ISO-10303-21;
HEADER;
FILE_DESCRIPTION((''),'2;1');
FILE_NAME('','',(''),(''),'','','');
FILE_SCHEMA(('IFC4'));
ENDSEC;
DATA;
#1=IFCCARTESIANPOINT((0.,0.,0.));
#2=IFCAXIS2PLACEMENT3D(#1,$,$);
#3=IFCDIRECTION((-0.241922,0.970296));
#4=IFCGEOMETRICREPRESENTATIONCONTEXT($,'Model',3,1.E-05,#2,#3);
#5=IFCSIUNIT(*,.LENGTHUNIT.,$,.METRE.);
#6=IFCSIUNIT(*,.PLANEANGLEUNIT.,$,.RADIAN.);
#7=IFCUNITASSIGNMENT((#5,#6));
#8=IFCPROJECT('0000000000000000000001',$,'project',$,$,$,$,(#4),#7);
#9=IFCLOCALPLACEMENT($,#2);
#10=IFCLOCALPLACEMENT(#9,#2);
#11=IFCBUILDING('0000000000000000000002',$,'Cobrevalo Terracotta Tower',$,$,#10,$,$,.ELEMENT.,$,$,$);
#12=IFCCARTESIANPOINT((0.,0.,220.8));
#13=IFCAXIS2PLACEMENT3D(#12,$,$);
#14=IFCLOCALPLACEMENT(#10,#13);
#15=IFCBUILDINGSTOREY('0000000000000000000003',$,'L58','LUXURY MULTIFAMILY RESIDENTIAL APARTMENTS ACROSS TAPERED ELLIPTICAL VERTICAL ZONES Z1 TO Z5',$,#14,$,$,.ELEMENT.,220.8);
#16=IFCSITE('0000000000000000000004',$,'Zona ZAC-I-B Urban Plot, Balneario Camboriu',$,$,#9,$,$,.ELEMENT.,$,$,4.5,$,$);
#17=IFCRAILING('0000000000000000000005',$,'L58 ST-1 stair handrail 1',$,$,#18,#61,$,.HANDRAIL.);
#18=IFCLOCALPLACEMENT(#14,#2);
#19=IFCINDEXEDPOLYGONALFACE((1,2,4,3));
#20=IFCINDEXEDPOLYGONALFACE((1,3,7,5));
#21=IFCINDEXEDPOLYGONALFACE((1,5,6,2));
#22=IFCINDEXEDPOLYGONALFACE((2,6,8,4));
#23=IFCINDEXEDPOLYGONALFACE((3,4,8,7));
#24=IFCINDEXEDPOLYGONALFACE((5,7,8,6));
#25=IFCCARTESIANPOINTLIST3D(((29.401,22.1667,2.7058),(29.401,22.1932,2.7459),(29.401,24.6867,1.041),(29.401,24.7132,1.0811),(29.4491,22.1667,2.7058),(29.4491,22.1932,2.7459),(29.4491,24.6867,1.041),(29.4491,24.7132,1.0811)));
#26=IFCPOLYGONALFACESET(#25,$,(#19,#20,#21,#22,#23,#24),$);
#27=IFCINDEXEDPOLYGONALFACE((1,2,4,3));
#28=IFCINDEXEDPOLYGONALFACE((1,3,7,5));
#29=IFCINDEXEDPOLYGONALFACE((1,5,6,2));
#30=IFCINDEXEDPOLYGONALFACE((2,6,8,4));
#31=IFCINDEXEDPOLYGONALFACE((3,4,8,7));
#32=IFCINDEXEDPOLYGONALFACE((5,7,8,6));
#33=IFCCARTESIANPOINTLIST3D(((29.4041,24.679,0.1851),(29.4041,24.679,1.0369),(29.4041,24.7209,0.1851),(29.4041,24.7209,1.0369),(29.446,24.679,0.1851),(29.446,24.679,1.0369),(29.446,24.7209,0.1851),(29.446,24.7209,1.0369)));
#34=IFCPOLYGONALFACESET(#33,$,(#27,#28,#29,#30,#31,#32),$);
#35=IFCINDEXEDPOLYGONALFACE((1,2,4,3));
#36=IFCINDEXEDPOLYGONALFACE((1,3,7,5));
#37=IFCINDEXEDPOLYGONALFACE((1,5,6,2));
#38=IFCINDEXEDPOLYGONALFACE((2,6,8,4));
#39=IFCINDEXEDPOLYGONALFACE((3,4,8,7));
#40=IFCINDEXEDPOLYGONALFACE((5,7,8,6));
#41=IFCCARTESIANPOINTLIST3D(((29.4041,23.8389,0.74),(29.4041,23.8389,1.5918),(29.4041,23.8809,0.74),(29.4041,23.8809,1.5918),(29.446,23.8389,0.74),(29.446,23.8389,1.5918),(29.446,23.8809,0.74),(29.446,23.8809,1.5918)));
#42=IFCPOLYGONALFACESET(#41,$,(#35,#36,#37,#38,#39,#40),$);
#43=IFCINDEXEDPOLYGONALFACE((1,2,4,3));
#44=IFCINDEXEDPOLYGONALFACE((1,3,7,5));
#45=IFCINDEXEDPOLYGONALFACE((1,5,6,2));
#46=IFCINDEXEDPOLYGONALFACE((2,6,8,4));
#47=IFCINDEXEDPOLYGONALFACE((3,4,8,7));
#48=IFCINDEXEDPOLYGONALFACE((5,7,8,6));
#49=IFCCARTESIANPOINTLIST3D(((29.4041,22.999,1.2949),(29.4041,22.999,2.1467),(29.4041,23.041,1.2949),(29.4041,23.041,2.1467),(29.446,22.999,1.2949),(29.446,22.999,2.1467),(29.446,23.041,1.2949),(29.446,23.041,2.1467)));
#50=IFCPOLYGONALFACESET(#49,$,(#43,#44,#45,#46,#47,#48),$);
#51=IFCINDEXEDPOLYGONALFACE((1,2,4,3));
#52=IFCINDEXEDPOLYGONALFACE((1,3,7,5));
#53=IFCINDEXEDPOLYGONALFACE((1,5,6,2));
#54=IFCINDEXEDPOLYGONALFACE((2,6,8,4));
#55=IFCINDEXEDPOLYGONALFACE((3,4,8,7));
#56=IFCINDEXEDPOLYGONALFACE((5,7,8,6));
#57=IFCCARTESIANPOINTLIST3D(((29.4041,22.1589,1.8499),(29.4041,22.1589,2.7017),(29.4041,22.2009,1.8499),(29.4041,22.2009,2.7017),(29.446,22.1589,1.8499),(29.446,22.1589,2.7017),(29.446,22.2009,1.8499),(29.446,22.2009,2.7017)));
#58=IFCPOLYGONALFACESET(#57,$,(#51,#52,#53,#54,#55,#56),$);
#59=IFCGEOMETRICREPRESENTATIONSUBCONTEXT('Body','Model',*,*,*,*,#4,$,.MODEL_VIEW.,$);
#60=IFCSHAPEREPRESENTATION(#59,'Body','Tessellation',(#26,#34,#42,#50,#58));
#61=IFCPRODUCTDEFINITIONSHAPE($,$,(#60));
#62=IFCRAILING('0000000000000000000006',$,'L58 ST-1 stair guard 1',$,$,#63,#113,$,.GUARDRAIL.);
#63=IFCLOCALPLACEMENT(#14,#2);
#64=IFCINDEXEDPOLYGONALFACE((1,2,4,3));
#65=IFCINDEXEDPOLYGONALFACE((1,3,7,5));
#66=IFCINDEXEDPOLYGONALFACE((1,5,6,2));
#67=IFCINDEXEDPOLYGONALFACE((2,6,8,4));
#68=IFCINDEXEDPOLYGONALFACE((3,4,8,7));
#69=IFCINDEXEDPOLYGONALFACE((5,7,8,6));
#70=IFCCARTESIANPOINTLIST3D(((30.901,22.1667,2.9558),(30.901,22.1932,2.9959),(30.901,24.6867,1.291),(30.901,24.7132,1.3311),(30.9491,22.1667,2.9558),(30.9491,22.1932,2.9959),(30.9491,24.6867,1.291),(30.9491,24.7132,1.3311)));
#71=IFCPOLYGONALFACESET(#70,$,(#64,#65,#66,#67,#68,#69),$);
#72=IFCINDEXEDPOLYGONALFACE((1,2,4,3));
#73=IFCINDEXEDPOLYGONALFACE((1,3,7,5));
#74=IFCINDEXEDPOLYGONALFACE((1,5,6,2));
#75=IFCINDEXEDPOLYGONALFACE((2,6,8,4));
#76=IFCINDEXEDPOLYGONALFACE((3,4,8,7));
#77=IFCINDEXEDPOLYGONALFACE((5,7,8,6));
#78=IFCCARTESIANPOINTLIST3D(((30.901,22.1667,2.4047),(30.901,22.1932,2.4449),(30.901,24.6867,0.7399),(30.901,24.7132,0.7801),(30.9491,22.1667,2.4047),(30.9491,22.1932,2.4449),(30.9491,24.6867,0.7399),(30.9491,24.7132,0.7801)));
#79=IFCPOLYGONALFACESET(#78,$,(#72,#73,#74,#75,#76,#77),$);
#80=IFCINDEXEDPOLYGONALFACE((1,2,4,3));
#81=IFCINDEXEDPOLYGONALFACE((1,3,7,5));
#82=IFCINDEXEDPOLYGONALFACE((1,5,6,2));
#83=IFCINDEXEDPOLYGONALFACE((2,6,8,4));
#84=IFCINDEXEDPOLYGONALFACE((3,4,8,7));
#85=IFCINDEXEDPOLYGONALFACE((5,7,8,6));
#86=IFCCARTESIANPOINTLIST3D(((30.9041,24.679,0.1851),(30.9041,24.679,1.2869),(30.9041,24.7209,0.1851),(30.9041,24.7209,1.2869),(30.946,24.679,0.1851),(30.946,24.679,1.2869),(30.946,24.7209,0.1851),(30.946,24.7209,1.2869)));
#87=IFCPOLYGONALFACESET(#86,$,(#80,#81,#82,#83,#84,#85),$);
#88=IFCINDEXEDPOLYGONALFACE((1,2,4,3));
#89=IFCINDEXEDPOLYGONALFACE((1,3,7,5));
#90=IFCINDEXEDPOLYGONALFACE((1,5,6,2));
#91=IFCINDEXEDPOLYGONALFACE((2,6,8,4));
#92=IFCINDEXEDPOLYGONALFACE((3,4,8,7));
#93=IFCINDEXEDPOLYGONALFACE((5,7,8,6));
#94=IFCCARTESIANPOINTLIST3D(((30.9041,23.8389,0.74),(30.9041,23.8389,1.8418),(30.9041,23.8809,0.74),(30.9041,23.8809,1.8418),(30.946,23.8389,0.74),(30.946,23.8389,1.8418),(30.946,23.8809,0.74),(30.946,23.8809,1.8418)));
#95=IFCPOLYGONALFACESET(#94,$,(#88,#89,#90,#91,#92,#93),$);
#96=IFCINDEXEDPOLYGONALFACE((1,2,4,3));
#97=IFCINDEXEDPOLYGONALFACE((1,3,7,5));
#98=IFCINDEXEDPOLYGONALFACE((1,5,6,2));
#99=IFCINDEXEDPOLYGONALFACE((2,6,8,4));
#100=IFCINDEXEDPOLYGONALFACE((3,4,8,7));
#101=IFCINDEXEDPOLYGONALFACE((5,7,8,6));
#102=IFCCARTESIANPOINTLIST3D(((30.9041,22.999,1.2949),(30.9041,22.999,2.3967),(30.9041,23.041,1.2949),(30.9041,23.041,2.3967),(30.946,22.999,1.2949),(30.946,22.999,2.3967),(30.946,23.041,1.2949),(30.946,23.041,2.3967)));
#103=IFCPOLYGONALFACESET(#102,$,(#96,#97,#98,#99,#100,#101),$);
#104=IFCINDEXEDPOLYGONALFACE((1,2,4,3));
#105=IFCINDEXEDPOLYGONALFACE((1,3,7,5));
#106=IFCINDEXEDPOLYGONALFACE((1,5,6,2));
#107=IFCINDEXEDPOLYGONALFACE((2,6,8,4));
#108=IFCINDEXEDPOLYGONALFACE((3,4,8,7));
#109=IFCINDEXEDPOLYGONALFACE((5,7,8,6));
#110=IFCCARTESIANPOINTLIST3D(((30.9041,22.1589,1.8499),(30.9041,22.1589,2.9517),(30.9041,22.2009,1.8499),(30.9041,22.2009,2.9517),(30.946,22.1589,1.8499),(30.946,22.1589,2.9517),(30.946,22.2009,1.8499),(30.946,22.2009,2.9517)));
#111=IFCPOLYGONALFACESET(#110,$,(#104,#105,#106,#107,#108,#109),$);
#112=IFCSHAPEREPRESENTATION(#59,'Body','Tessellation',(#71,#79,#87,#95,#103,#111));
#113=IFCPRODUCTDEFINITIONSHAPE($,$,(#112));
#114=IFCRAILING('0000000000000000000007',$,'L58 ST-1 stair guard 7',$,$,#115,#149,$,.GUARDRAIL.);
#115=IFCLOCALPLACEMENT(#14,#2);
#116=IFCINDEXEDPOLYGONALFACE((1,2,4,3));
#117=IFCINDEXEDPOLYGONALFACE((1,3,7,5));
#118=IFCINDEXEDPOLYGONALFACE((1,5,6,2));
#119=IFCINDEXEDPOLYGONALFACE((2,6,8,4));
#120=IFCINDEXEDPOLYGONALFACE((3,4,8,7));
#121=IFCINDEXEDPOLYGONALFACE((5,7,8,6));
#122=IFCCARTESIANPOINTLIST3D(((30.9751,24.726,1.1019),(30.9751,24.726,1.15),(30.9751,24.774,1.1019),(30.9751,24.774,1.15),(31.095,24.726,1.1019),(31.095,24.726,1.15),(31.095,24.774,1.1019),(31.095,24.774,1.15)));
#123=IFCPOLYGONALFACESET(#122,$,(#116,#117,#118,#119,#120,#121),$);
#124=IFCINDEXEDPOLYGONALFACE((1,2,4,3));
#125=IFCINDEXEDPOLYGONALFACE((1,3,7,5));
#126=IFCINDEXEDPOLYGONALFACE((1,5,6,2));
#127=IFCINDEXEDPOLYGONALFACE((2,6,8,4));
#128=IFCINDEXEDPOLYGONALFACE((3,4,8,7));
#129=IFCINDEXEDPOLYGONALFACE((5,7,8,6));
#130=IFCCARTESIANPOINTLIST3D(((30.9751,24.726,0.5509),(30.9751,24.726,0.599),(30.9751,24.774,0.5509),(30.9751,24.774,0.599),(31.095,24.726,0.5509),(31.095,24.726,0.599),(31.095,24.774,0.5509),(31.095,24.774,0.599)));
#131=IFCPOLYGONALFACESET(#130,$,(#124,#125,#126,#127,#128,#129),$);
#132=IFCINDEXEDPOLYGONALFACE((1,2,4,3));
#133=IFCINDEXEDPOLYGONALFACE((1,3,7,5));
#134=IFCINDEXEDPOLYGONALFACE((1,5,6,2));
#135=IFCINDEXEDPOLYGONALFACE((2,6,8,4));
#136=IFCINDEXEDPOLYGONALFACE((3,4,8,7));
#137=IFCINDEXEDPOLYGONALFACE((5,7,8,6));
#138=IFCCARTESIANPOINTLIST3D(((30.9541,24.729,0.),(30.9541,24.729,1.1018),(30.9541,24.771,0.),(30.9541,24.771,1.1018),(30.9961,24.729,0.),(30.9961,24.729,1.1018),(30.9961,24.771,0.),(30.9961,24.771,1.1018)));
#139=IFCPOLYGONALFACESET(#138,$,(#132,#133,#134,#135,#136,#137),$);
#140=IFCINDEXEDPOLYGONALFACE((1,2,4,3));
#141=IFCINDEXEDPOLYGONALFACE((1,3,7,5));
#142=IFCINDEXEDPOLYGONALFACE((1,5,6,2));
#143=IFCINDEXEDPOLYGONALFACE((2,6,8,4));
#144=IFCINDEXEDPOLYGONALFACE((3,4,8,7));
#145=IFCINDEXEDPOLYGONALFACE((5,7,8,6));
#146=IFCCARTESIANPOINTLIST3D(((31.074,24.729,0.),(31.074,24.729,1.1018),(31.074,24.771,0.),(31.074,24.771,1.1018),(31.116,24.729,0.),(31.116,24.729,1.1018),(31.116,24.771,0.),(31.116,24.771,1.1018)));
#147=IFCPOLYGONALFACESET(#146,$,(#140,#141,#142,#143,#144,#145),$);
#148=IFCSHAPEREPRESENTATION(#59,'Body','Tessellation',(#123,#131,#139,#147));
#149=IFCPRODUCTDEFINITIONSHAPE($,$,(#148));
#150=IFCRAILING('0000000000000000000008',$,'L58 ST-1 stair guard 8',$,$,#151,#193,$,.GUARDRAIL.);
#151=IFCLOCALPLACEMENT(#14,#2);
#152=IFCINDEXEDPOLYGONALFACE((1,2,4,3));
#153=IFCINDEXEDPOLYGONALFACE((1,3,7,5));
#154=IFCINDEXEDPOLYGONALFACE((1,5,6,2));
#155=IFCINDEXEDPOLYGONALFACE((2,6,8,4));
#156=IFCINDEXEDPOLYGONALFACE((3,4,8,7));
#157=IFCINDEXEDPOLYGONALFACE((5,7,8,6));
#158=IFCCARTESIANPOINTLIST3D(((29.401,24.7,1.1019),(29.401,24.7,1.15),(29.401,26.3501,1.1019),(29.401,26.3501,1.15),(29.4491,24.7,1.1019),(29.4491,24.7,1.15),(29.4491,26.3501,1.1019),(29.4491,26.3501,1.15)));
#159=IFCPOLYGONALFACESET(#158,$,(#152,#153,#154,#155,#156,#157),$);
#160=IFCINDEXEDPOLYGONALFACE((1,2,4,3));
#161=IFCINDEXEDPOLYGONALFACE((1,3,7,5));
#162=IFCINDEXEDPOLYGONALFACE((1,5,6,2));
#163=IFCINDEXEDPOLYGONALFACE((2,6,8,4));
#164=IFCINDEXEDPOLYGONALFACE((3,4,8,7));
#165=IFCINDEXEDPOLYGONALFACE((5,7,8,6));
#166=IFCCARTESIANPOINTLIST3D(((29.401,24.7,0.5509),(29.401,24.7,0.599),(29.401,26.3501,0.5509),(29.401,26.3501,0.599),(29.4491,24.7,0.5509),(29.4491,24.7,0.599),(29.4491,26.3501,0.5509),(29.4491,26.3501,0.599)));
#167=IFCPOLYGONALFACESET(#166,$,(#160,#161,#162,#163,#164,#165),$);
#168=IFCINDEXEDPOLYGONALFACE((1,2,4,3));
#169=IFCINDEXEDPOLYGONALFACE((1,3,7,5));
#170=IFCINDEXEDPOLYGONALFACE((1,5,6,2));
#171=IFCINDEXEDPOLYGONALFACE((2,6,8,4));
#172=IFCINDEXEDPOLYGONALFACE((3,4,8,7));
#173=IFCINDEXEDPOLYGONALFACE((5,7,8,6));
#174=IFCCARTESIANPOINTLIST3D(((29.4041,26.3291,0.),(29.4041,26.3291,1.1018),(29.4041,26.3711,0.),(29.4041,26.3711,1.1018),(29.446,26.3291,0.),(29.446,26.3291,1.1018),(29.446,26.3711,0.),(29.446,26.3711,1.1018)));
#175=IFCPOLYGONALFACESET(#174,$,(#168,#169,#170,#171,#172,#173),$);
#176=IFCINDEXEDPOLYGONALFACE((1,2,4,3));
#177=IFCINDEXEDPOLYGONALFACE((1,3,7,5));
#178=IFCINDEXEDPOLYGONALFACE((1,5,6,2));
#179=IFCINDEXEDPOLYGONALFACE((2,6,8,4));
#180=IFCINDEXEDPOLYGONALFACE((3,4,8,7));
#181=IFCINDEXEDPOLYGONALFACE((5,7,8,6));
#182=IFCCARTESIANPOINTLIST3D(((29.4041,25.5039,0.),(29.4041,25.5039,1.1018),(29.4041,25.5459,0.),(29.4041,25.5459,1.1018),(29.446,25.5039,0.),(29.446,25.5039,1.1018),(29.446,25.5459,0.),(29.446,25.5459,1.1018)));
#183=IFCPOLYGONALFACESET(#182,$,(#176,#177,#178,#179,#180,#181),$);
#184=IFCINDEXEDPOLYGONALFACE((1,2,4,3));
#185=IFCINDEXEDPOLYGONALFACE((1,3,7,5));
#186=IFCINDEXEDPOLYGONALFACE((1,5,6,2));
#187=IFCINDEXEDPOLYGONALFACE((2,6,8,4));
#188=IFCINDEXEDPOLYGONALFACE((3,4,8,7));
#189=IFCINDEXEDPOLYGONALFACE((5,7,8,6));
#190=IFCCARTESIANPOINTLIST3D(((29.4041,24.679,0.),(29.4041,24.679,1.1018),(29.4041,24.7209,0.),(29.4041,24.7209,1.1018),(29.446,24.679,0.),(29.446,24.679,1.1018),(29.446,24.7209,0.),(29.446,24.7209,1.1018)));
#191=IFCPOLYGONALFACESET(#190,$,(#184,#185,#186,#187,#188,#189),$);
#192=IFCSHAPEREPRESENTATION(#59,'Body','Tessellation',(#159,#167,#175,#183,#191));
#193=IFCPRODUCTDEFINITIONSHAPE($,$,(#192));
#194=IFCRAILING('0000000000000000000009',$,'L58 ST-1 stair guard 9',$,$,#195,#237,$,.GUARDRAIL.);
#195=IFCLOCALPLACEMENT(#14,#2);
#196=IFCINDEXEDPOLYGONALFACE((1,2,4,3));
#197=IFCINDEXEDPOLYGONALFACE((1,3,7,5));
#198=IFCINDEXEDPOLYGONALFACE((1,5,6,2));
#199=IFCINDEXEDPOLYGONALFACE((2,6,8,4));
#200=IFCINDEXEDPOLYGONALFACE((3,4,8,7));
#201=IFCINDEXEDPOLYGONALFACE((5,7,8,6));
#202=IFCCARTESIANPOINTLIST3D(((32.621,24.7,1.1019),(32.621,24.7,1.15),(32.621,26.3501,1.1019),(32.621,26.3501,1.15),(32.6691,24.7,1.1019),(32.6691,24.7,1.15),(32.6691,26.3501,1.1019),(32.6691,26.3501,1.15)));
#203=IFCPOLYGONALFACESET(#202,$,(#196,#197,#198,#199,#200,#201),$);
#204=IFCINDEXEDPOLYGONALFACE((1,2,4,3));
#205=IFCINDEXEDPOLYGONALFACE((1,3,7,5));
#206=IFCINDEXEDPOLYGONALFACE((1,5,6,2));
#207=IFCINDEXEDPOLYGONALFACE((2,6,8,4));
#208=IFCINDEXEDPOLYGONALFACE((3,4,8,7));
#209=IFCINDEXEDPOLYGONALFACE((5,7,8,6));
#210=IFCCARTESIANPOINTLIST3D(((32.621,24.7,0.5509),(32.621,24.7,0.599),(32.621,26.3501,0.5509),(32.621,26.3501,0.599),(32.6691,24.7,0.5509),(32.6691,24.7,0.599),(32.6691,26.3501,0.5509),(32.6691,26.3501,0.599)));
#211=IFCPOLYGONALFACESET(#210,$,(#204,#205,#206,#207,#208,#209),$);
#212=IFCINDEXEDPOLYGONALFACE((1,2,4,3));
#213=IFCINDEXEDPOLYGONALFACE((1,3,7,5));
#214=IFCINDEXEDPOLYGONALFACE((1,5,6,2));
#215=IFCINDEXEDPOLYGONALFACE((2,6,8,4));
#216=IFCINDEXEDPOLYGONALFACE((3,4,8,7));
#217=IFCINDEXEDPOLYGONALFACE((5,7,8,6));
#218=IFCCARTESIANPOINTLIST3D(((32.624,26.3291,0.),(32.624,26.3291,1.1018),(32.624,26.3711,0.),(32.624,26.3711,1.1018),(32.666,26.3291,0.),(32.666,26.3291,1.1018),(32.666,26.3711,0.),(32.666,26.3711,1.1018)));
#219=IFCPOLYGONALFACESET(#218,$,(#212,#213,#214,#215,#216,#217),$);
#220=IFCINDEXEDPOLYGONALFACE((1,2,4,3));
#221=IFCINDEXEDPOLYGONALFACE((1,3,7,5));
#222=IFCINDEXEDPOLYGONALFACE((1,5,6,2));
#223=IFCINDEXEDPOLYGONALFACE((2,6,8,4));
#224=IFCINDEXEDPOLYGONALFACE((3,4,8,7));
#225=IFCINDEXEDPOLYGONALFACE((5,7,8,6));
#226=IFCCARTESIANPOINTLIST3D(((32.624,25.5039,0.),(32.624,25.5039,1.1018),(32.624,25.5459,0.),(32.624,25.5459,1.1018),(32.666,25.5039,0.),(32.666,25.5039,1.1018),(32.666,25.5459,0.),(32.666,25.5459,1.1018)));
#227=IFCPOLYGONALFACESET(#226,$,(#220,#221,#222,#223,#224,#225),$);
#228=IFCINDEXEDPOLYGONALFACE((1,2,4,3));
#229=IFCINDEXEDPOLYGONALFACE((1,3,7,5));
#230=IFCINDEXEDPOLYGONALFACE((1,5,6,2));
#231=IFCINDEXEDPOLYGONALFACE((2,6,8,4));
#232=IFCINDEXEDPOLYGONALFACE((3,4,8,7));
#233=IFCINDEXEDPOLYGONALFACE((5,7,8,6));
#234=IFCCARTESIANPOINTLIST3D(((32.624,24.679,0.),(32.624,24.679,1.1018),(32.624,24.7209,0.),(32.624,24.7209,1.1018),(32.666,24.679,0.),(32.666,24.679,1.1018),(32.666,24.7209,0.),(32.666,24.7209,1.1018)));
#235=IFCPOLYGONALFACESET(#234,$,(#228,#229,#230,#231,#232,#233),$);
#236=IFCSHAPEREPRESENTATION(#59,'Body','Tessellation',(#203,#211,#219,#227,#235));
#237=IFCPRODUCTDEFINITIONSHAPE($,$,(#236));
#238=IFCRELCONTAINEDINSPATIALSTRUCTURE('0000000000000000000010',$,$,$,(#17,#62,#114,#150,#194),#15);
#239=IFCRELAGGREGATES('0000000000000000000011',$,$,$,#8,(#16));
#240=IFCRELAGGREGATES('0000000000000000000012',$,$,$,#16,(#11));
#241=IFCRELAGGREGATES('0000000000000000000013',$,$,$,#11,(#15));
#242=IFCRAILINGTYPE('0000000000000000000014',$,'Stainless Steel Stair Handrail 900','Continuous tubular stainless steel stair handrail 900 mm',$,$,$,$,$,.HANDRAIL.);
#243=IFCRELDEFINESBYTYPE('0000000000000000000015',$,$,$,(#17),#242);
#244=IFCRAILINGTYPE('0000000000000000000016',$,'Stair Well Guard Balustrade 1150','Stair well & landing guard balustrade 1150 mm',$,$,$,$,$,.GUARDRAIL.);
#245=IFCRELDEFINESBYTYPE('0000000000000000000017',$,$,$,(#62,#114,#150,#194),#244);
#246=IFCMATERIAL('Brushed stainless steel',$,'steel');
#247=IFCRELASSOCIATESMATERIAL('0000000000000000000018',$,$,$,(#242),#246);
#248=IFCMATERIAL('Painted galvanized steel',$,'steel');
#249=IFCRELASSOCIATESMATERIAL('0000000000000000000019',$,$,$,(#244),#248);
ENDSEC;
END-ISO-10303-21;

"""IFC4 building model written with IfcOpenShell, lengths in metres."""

from ifc_helpers import new_model, si_unit, direction, frame, origin, origin_2d, place, context, subcontext, project, spatial, rectangle, extrude, material, type_object, element, save


model = new_model("IFC4")

# Units and contexts
model_context = context("Model", 3, precision=1e-05, world=origin(), true_north=direction((-0.241922, 0.970296)))
body_context = subcontext(model_context, "Body", "Model", "MODEL_VIEW")
ifc_project = project(units=[si_unit("LENGTHUNIT", "METRE"), si_unit("PLANEANGLEUNIT", "RADIAN")], contexts=[model_context])

# Site, building, storey
site_placement = place(None, origin())
site = spatial("IfcSite", under=ifc_project, at=site_placement, Name="Zona ZAC-I-B Urban Plot, Balneario Camboriu", CompositionType="ELEMENT", RefElevation=4.5)
building_placement = place(site_placement, origin())
building = spatial("IfcBuilding", under=site, at=building_placement, Name="Cobrevalo Terracotta Tower", CompositionType="ELEMENT")
storey_placement = place(building_placement, frame((0.0, 0.0, 220.8)))
storey = spatial("IfcBuildingStorey", under=building, at=storey_placement, Name="L58", Description="LUXURY MULTIFAMILY RESIDENTIAL APARTMENTS ACROSS TAPERED ELLIPTICAL VERTICAL ZONES Z1 TO Z5", CompositionType="ELEMENT", Elevation=220.8)

# Shared definitions
ifc_material_1 = material(Name="Brushed stainless steel", Category="steel")

# Railings
railing_type_1 = type_object("IfcRailingType", Name="Stainless Steel Stair Handrail 900", Description="Continuous tubular stainless steel stair handrail 900 mm", PredefinedType="HANDRAIL", material=ifc_material_1)
railing_1_placement = place(storey_placement, frame((29.425, 24.7, 0.1851)))
element("IfcRailing", 1, at=railing_1_placement, inside=storey, type_object=railing_type_1, Name="L58 ST-1 stair handrail 1", PredefinedType="HANDRAIL", context=body_context, shape_type="SweptSolid", body=[
    extrude(rectangle(XDim=0.0481, YDim=0.0481, at=origin_2d()), frame((0.0, 0.0, 0.876), z_axis=(0.0, -0.834369, 0.551207), x_axis=(1.0, 0.0, 0.0)), (0.0, 0.0, 1.0), 3.0203),
    extrude(rectangle(XDim=0.042, YDim=0.042, at=origin_2d()), origin(), (0.0, 0.0, 1.0), 0.8518),
    extrude(rectangle(XDim=0.042, YDim=0.042, at=origin_2d()), frame((0.0, -0.8401, 0.5549)), (0.0, 0.0, 1.0), 0.8518),
    extrude(rectangle(XDim=0.042, YDim=0.042, at=origin_2d()), frame((0.0, -1.6799, 1.1099)), (0.0, 0.0, 1.0), 0.8518),
    extrude(rectangle(XDim=0.042, YDim=0.042, at=origin_2d()), frame((0.0, -2.52, 1.6648)), (0.0, 0.0, 1.0), 0.8518),
])
ifc_material_2 = material(Name="Painted galvanized steel", Category="steel")
railing_type_2 = type_object("IfcRailingType", Name="Stair Well Guard Balustrade 1150", Description="Stair well & landing guard balustrade 1150 mm", PredefinedType="GUARDRAIL", material=ifc_material_2)
railing_2_placement = place(storey_placement, frame((30.925, 24.7, 0.1851)))
element("IfcRailing", 2, at=railing_2_placement, inside=storey, type_object=railing_type_2, Name="L58 ST-1 stair guard 1", PredefinedType="GUARDRAIL", context=body_context, shape_type="SweptSolid", body=[
    extrude(rectangle(XDim=0.0481, YDim=0.0481, at=origin_2d()), frame((0.0, 0.0, 1.126), z_axis=(0.0, -0.834369, 0.551207), x_axis=(1.0, 0.0, 0.0)), (0.0, 0.0, 1.0), 3.0203),
    extrude(rectangle(XDim=0.0481, YDim=0.0481, at=origin_2d()), frame((0.0, 0.0, 0.575), z_axis=(0.0, -0.834369, 0.551207), x_axis=(1.0, 0.0, 0.0)), (0.0, 0.0, 1.0), 3.0203),
    extrude(rectangle(XDim=0.042, YDim=0.042, at=origin_2d()), origin(), (0.0, 0.0, 1.0), 1.1018),
    extrude(rectangle(XDim=0.042, YDim=0.042, at=origin_2d()), frame((0.0, -0.8401, 0.5549)), (0.0, 0.0, 1.0), 1.1018),
    extrude(rectangle(XDim=0.042, YDim=0.042, at=origin_2d()), frame((0.0, -1.6799, 1.1099)), (0.0, 0.0, 1.0), 1.1018),
    extrude(rectangle(XDim=0.042, YDim=0.042, at=origin_2d()), frame((0.0, -2.52, 1.6648)), (0.0, 0.0, 1.0), 1.1018),
])
railing_3_placement = place(storey_placement, frame((30.9751, 24.75, 0.0)))
element("IfcRailing", 3, at=railing_3_placement, inside=storey, type_object=railing_type_2, Name="L58 ST-1 stair guard 7", PredefinedType="GUARDRAIL", context=body_context, shape_type="SweptSolid", body=[
    extrude(rectangle(XDim=0.0481, YDim=0.0481, at=origin_2d()), frame((0.0, 0.0, 1.126), z_axis=(1.0, 0.0, 0.0), x_axis=(0.0, 1.0, 0.0)), (0.0, 0.0, 1.0), 0.1199),
    extrude(rectangle(XDim=0.0481, YDim=0.0481, at=origin_2d()), frame((0.0, 0.0, 0.575), z_axis=(1.0, 0.0, 0.0), x_axis=(0.0, 1.0, 0.0)), (0.0, 0.0, 1.0), 0.1199),
    extrude(rectangle(XDim=0.042, YDim=0.042, at=origin_2d()), origin(), (0.0, 0.0, 1.0), 1.1018),
    extrude(rectangle(XDim=0.042, YDim=0.042, at=origin_2d()), frame((0.1199, 0.0, 0.0)), (0.0, 0.0, 1.0), 1.1018),
])
for number, where, name in (
    (4, (29.425, 26.3501, 0.0), "L58 ST-1 stair guard 8"),
    (5, (32.645, 26.3501, 0.0), "L58 ST-1 stair guard 9"),
):
    element("IfcRailing", number, at=place(storey_placement, frame(where)), inside=storey, type_object=railing_type_2, Name=name, PredefinedType="GUARDRAIL", context=body_context, shape_type="SweptSolid", body=[
        extrude(rectangle(XDim=0.0481, YDim=0.0481, at=origin_2d()), frame((0.0, 0.0, 1.126), z_axis=(0.0, -1.0, 0.0), x_axis=(1.0, 0.0, 0.0)), (0.0, 0.0, 1.0), 1.6501),
        extrude(rectangle(XDim=0.0481, YDim=0.0481, at=origin_2d()), frame((0.0, 0.0, 0.575), z_axis=(0.0, -1.0, 0.0), x_axis=(1.0, 0.0, 0.0)), (0.0, 0.0, 1.0), 1.6501),
        extrude(rectangle(XDim=0.042, YDim=0.042, at=origin_2d()), origin(), (0.0, 0.0, 1.0), 1.1018),
        extrude(rectangle(XDim=0.042, YDim=0.042, at=origin_2d()), frame((0.0, -0.8252, 0.0)), (0.0, 0.0, 1.0), 1.1018),
        extrude(rectangle(XDim=0.042, YDim=0.042, at=origin_2d()), frame((0.0, -1.6501, 0.0)), (0.0, 0.0, 1.0), 1.1018),
    ])

save(model, "model.ifc")
